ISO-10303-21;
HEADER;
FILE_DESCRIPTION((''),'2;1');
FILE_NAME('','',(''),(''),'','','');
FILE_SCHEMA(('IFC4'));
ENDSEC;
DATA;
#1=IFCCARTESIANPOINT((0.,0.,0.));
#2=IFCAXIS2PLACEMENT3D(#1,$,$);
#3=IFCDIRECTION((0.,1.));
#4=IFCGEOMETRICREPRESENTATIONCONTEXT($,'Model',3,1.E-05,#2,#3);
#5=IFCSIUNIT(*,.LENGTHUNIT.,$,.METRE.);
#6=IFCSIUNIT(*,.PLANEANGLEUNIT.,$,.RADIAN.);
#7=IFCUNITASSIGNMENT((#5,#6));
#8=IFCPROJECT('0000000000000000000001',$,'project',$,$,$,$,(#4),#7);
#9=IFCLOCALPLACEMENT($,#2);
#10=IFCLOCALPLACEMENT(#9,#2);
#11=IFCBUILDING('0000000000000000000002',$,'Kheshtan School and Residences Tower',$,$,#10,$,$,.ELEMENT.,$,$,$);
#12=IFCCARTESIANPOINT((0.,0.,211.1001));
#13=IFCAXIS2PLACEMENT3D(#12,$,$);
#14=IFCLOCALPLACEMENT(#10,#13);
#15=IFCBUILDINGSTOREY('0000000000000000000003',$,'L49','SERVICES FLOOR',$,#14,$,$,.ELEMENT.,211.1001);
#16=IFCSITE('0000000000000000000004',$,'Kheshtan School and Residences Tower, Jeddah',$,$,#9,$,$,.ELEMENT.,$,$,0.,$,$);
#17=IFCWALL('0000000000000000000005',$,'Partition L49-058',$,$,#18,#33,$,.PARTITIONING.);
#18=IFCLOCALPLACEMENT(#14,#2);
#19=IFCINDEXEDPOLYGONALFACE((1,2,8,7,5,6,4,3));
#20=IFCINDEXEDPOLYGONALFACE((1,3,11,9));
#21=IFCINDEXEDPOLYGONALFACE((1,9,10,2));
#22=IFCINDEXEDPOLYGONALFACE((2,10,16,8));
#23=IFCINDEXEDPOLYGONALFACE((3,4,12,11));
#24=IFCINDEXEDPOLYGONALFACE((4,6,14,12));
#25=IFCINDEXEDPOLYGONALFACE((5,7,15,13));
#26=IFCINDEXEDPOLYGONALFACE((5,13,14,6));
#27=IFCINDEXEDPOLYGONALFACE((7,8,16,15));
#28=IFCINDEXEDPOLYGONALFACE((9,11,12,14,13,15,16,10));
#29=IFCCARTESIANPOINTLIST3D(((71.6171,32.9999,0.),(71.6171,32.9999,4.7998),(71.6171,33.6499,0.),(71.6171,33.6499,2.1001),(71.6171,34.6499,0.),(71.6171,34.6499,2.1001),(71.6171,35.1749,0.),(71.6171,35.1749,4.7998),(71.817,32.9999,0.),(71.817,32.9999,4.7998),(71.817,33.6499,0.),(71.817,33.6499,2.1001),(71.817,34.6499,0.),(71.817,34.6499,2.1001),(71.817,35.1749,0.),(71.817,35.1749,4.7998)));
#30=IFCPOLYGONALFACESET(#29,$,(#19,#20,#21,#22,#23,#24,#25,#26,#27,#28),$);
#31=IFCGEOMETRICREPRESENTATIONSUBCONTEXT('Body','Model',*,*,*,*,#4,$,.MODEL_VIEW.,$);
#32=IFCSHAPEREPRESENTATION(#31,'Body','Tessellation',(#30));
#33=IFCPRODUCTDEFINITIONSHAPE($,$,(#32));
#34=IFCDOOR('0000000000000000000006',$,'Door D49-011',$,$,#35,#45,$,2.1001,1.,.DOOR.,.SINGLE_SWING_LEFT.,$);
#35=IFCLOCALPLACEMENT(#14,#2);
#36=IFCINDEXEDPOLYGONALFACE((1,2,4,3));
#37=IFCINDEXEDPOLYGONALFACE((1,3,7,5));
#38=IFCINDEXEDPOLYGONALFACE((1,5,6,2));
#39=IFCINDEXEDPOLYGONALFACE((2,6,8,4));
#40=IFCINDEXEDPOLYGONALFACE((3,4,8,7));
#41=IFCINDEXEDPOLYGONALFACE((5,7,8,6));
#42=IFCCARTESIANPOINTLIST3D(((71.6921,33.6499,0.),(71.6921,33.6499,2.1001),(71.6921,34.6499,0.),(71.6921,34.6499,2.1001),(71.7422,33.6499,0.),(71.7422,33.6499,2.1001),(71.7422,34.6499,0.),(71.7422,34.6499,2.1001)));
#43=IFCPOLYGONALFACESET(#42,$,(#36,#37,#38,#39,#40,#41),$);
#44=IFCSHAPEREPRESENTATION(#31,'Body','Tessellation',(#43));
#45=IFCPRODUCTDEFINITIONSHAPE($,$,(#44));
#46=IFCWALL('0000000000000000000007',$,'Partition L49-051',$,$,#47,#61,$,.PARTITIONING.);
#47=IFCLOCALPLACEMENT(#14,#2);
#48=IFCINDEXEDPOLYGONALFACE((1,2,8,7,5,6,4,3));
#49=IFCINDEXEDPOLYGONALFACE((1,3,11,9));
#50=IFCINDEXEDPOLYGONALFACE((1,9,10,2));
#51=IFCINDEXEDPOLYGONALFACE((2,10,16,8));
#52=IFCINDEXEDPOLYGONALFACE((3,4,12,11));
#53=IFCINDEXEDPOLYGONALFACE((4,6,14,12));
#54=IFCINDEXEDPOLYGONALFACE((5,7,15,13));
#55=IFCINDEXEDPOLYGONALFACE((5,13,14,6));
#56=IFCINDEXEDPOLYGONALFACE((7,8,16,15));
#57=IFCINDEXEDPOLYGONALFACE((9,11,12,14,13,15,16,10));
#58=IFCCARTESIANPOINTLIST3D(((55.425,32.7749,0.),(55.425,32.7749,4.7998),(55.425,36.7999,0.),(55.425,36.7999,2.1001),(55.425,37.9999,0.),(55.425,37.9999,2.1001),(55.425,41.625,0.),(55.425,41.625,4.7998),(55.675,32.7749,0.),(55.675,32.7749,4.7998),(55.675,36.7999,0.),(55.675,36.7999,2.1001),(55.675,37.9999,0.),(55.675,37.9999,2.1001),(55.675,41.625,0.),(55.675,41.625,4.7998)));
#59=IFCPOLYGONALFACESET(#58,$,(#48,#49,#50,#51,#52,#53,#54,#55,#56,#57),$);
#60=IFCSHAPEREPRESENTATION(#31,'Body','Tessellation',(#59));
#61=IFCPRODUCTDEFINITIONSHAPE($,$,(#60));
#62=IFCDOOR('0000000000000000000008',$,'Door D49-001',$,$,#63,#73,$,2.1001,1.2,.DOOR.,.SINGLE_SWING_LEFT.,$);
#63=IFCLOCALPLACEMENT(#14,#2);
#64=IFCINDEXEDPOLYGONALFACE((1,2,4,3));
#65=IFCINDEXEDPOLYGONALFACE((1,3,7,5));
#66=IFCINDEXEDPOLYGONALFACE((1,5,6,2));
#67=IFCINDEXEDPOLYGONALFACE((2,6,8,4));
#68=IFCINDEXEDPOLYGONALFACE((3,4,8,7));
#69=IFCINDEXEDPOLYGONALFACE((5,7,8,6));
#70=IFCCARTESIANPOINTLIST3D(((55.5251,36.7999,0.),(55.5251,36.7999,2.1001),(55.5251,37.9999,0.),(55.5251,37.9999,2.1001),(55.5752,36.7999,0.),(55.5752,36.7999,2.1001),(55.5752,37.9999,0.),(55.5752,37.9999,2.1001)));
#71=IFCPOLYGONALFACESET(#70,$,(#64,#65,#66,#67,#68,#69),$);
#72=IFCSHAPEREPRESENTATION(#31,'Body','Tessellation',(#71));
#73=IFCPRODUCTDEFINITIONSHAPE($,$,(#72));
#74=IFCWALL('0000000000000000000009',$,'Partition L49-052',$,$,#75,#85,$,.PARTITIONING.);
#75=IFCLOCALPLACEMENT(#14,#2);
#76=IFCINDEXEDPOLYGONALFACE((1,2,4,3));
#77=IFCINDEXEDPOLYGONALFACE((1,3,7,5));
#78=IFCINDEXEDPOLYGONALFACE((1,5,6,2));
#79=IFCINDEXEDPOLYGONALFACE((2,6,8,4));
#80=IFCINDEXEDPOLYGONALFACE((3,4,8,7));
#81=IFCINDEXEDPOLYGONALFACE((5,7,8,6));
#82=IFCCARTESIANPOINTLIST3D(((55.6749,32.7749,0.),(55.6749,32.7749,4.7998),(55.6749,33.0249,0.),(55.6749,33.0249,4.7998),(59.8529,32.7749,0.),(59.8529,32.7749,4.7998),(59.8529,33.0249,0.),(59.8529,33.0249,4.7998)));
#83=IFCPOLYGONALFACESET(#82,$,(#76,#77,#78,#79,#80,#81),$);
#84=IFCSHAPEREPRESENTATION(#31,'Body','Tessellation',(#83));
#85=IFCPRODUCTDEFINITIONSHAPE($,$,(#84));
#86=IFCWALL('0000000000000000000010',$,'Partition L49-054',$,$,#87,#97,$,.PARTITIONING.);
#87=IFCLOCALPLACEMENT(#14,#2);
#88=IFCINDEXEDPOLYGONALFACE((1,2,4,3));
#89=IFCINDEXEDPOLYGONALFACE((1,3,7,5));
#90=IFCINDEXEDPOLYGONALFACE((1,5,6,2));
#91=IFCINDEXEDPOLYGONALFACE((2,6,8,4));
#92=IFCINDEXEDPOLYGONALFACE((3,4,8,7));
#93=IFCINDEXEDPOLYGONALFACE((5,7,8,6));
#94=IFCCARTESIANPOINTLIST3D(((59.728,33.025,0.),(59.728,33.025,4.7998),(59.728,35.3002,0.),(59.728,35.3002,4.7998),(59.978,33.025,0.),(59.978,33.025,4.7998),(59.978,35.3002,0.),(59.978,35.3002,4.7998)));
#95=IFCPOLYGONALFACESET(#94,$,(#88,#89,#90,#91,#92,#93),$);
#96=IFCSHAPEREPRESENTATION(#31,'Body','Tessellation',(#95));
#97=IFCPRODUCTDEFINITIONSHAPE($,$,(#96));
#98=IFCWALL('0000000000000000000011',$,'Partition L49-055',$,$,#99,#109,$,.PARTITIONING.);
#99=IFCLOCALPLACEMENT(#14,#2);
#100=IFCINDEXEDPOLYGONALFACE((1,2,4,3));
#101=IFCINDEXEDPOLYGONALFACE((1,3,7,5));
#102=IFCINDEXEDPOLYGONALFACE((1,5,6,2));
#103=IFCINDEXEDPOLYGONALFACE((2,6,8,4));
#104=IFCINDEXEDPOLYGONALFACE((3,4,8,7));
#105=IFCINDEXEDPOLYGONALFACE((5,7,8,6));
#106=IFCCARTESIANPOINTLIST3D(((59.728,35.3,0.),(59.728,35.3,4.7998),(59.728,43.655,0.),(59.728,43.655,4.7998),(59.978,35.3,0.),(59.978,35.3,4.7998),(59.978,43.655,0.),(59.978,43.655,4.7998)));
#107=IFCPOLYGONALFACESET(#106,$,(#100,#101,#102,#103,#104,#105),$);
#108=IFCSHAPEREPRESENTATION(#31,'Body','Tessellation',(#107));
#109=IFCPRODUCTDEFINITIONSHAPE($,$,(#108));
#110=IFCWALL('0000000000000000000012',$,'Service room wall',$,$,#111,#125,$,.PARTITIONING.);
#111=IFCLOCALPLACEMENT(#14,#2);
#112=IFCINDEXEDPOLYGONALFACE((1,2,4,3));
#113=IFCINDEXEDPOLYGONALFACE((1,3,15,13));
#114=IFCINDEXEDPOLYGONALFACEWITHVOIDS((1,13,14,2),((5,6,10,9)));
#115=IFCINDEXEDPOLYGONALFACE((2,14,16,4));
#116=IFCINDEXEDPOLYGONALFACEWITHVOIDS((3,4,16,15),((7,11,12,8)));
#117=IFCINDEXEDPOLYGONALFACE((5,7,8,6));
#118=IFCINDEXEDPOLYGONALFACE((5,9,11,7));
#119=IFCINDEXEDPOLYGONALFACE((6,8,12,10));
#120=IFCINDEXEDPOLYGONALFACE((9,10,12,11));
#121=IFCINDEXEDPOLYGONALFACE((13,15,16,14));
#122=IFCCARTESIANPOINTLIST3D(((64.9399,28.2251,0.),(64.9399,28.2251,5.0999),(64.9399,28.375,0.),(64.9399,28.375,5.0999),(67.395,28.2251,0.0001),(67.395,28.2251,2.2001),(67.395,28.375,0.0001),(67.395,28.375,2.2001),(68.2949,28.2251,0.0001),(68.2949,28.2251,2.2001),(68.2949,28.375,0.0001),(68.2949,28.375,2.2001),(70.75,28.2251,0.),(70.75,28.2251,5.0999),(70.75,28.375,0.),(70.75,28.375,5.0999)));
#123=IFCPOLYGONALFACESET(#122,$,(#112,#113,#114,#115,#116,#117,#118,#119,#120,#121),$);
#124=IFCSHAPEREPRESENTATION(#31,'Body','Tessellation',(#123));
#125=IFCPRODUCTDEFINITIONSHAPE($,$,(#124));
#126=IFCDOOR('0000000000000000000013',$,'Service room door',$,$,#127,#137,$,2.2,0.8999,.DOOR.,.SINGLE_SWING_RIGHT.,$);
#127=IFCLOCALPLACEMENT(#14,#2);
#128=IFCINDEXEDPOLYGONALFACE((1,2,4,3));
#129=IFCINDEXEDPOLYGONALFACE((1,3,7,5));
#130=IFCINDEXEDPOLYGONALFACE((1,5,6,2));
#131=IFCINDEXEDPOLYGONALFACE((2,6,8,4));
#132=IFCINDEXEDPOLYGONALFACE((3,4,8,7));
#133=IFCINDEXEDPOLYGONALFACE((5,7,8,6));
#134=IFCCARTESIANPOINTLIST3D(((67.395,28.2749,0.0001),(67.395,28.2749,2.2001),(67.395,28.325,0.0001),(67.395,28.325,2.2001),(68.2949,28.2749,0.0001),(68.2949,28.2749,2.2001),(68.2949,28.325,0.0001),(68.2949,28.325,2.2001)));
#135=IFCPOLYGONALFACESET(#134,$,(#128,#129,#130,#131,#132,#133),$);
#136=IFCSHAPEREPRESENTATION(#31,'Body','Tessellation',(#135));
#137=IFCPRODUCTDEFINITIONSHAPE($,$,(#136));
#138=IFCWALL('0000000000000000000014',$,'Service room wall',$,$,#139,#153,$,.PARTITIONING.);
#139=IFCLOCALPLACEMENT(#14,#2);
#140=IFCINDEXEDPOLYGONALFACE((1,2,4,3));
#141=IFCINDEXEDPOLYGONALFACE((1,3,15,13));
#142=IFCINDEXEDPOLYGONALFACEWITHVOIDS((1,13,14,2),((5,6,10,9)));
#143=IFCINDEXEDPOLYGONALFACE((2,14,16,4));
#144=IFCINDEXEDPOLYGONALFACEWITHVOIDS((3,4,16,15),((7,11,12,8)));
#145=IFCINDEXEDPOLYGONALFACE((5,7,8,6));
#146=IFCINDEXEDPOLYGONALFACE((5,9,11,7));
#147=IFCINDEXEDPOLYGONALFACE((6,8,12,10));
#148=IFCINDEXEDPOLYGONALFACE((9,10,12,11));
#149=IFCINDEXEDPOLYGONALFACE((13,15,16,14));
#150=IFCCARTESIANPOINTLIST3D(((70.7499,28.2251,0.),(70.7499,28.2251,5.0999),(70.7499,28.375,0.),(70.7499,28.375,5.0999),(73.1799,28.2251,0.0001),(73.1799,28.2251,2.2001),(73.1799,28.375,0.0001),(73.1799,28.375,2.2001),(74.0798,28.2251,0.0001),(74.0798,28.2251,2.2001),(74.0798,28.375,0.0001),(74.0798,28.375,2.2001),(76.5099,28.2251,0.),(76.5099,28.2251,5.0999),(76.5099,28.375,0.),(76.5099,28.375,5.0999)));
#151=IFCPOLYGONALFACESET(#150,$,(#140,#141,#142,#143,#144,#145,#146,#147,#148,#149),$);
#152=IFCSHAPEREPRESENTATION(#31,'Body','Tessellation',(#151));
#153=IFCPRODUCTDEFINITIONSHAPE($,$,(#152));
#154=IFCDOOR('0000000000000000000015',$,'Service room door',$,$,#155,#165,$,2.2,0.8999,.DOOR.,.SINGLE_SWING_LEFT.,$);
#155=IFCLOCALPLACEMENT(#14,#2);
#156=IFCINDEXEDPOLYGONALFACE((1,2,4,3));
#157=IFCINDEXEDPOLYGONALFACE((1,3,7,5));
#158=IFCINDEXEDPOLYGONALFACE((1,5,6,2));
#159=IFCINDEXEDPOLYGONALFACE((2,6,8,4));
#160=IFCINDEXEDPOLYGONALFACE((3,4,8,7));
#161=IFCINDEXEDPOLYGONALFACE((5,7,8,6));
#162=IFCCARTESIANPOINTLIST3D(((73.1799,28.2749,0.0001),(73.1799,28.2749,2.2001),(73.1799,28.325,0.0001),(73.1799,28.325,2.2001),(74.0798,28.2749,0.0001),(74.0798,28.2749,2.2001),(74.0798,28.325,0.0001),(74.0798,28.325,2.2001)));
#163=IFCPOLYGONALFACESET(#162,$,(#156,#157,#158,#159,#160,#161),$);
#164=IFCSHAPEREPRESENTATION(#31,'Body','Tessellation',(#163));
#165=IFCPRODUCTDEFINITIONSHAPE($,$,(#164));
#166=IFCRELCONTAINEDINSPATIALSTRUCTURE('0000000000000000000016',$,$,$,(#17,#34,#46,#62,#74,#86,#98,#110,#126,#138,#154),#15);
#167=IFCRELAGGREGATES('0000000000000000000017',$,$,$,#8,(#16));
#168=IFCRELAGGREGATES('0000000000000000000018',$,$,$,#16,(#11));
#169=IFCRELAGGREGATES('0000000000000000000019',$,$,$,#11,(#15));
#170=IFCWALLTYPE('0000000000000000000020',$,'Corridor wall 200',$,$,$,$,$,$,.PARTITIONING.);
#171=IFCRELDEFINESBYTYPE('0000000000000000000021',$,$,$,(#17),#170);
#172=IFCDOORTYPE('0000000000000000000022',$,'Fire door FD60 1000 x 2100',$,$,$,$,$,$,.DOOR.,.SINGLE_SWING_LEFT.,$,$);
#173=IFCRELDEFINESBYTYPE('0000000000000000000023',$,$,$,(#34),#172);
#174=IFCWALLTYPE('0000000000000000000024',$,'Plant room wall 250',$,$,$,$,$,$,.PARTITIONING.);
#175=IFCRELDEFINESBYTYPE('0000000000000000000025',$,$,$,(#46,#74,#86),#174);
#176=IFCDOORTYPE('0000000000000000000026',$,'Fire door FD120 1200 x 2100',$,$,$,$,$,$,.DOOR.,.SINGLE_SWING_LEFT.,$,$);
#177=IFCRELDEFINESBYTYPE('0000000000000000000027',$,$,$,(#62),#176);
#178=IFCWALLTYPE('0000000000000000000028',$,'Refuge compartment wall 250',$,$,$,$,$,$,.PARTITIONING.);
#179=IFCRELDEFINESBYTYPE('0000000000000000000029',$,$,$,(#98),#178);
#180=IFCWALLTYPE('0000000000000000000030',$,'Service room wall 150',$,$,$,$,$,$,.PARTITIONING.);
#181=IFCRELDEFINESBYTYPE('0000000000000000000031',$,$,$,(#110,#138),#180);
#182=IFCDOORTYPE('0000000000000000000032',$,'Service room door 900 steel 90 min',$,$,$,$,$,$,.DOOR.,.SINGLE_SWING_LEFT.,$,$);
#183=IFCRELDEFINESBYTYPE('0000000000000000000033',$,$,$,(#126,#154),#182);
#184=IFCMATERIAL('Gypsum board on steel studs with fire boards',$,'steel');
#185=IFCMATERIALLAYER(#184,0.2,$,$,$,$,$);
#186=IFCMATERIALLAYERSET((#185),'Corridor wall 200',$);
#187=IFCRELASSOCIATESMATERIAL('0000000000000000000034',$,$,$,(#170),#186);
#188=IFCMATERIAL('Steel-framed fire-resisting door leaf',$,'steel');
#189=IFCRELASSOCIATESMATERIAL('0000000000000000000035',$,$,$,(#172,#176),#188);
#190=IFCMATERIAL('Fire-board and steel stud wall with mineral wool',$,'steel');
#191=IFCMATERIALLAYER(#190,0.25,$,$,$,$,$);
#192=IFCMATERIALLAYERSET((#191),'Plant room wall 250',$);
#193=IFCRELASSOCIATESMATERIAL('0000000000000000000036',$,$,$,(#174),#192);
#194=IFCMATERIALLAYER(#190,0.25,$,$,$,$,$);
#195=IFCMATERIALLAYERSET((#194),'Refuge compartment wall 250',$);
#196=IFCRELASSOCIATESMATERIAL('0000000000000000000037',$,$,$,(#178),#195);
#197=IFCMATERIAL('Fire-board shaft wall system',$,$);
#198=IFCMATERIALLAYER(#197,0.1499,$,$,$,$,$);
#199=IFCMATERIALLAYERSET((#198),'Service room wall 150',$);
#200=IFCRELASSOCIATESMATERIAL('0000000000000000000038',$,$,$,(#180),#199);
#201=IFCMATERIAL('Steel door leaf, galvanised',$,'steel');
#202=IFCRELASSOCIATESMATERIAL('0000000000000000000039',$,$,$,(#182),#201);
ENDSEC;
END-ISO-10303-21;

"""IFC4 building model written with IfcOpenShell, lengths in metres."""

from ifc_helpers import new_model, si_unit, direction, frame, frame_2d, origin, place, context, subcontext, project, spatial, rectangle, extrude, source, transform, mapped, material, layer, layer_set, type_object, element, fill, save


model = new_model("IFC4")

# Units and contexts
model_context = context("Model", 3, precision=1e-05, world=origin(), true_north=direction((0.0, 1.0)))
body_context = subcontext(model_context, "Body", "Model", "MODEL_VIEW")
ifc_project = project(units=[si_unit("LENGTHUNIT", "METRE"), si_unit("PLANEANGLEUNIT", "RADIAN")], contexts=[model_context])

# Site, building, storey
site_placement = place(None, origin())
site = spatial("IfcSite", under=ifc_project, at=site_placement, Name="Kheshtan School and Residences Tower, Jeddah", CompositionType="ELEMENT", RefElevation=0.0)
building_placement = place(site_placement, origin())
building = spatial("IfcBuilding", under=site, at=building_placement, Name="Kheshtan School and Residences Tower", CompositionType="ELEMENT")
storey_placement = place(building_placement, frame((0.0, 0.0, 211.1001)))
storey = spatial("IfcBuildingStorey", under=building, at=storey_placement, Name="L49", Description="SERVICES FLOOR", CompositionType="ELEMENT", Elevation=211.1001)

# Shared definitions
ifc_material_1 = material(Name="Gypsum board on steel studs with fire boards", Category="steel")
ifc_layer_1 = layer(ifc_material_1, 0.2)
ifc_layer_set_1 = layer_set([ifc_layer_1], Name="Corridor wall 200")
wall_type_1 = type_object("IfcWallType", Name="Corridor wall 200", PredefinedType="PARTITIONING", material=ifc_layer_set_1)
ifc_material_2 = material(Name="Steel-framed fire-resisting door leaf", Category="steel")

# Walls, openings, doors
wall_1_placement = place(storey_placement, frame((71.717, 33.0, 0.0), z_axis=(0.0, 0.0, 1.0), x_axis=(0.0, 1.0, 0.0)))
wall_1 = element("IfcWall", 1, at=wall_1_placement, inside=storey, type_object=wall_type_1, Name="Partition L49-058", PredefinedType="PARTITIONING", context=body_context, shape_type="SweptSolid", body=[
    extrude(rectangle(XDim=2.175, YDim=0.2, at=frame_2d((1.0874, 0.0))), origin(), (0.0, 0.0, 1.0), 4.7998),
])
opening_1_placement = place(wall_1_placement, frame((0.6499, 0.0, 0.0)))
opening_1 = element("IfcOpeningElement", 2, at=opening_1_placement, cuts=wall_1, PredefinedType="OPENING", context=body_context, shape_type="SweptSolid", body=[
    extrude(rectangle(XDim=1.0, YDim=2.1001, at=frame_2d((0.5, 1.05))), frame((0.0, 0.1099, 0.0), z_axis=(0.0, -1.0, 0.0), x_axis=(1.0, 0.0, 0.0)), (0.0, 0.0, 1.0), 0.22),
])
door_type_1 = type_object("IfcDoorType", Name="Fire door FD60 1000 x 2100", OperationType="SINGLE_SWING_LEFT", PredefinedType="DOOR", material=ifc_material_2)
shared_shape_1 = source(origin(), body_context, "Body", "SweptSolid", [
    extrude(rectangle(XDim=1.0, YDim=2.1001, at=frame_2d((0.5, 1.05))), frame((0.0, 0.0249, 0.0), z_axis=(0.0, -1.0, 0.0), x_axis=(1.0, 0.0, 0.0)), (0.0, 0.0, 1.0), 0.05),
])
door_1_placement = place(opening_1_placement, origin())
door_1 = element("IfcDoor", 3, at=door_1_placement, inside=storey, type_object=door_type_1, Name="Door D49-011", OperationType="SINGLE_SWING_LEFT", OverallHeight=2.1001, OverallWidth=1.0, PredefinedType="DOOR", context=body_context, shape_type="MappedRepresentation", body=[
    mapped(shared_shape_1, transform((0.0, 0.0, 0.0), x_axis=(1.0, 0.0, 0.0), y_axis=(0.0, 1.0, 0.0), z_axis=(0.0, 0.0, 1.0), scale=1.0)),
])
fill(opening_1, door_1)
ifc_material_3 = material(Name="Fire-board and steel stud wall with mineral wool", Category="steel")
ifc_layer_2 = layer(ifc_material_3, 0.25)
ifc_layer_set_2 = layer_set([ifc_layer_2], Name="Plant room wall 250")
wall_type_2 = type_object("IfcWallType", Name="Plant room wall 250", PredefinedType="PARTITIONING", material=ifc_layer_set_2)
wall_2_placement = place(storey_placement, frame((55.55, 32.7749, 0.0), z_axis=(0.0, 0.0, 1.0), x_axis=(0.0, 1.0, 0.0)))
wall_2 = element("IfcWall", 4, at=wall_2_placement, inside=storey, type_object=wall_type_2, Name="Partition L49-051", PredefinedType="PARTITIONING", context=body_context, shape_type="SweptSolid", body=[
    extrude(rectangle(XDim=8.8501, YDim=0.25, at=frame_2d((4.425, 0.0))), origin(), (0.0, 0.0, 1.0), 4.7998),
])
opening_2_placement = place(wall_2_placement, frame((4.0249, 0.0, 0.0)))
opening_2 = element("IfcOpeningElement", 5, at=opening_2_placement, cuts=wall_2, PredefinedType="OPENING", context=body_context, shape_type="SweptSolid", body=[
    extrude(rectangle(XDim=1.2, YDim=2.1001, at=frame_2d((0.6001, 1.05))), frame((0.0, 0.135, 0.0), z_axis=(0.0, -1.0, 0.0), x_axis=(1.0, 0.0, 0.0)), (0.0, 0.0, 1.0), 0.27),
])
door_type_2 = type_object("IfcDoorType", Name="Fire door FD120 1200 x 2100", OperationType="SINGLE_SWING_LEFT", PredefinedType="DOOR", material=ifc_material_2)
shared_shape_2 = source(origin(), body_context, "Body", "SweptSolid", [
    extrude(rectangle(XDim=1.2, YDim=2.1001, at=frame_2d((0.6001, 1.05))), frame((0.0, 0.0249, 0.0), z_axis=(0.0, -1.0, 0.0), x_axis=(1.0, 0.0, 0.0)), (0.0, 0.0, 1.0), 0.05),
])
door_2_placement = place(opening_2_placement, origin())
door_2 = element("IfcDoor", 6, at=door_2_placement, inside=storey, type_object=door_type_2, Name="Door D49-001", OperationType="SINGLE_SWING_LEFT", OverallHeight=2.1001, OverallWidth=1.2, PredefinedType="DOOR", context=body_context, shape_type="MappedRepresentation", body=[
    mapped(shared_shape_2, transform((0.0, 0.0, 0.0), x_axis=(1.0, 0.0, 0.0), y_axis=(0.0, 1.0, 0.0), z_axis=(0.0, 0.0, 1.0), scale=1.0)),
])
fill(opening_2, door_2)

# Walls
wall_3_placement = place(storey_placement, frame((55.675, 32.8999, 0.0), z_axis=(0.0, 0.0, 1.0), x_axis=(1.0, 0.0, 0.0)))
element("IfcWall", 7, at=wall_3_placement, inside=storey, type_object=wall_type_2, Name="Partition L49-052", PredefinedType="PARTITIONING", context=body_context, shape_type="SweptSolid", body=[
    extrude(rectangle(XDim=4.178, YDim=0.25, at=frame_2d((2.0889, 0.0))), origin(), (0.0, 0.0, 1.0), 4.7998),
])
wall_4_placement = place(storey_placement, frame((59.853, 33.0249, 0.0), z_axis=(0.0, 0.0, 1.0), x_axis=(0.0, 1.0, 0.0)))
element("IfcWall", 8, at=wall_4_placement, inside=storey, type_object=wall_type_2, Name="Partition L49-054", PredefinedType="PARTITIONING", context=body_context, shape_type="SweptSolid", body=[
    extrude(rectangle(XDim=2.2751, YDim=0.25, at=frame_2d((1.1377, 0.0))), origin(), (0.0, 0.0, 1.0), 4.7998),
])
ifc_layer_3 = layer(ifc_material_3, 0.25)
ifc_layer_set_3 = layer_set([ifc_layer_3], Name="Refuge compartment wall 250")
wall_type_3 = type_object("IfcWallType", Name="Refuge compartment wall 250", PredefinedType="PARTITIONING", material=ifc_layer_set_3)
wall_5_placement = place(storey_placement, frame((59.853, 35.3, 0.0), z_axis=(0.0, 0.0, 1.0), x_axis=(0.0, 1.0, 0.0)))
element("IfcWall", 9, at=wall_5_placement, inside=storey, type_object=wall_type_3, Name="Partition L49-055", PredefinedType="PARTITIONING", context=body_context, shape_type="SweptSolid", body=[
    extrude(rectangle(XDim=8.355, YDim=0.25, at=frame_2d((4.1775, 0.0))), origin(), (0.0, 0.0, 1.0), 4.7998),
])

# Walls, openings, doors
ifc_material_4 = material(Name="Fire-board shaft wall system")
ifc_layer_4 = layer(ifc_material_4, 0.1499)
ifc_layer_set_4 = layer_set([ifc_layer_4], Name="Service room wall 150")
wall_type_4 = type_object("IfcWallType", Name="Service room wall 150", PredefinedType="PARTITIONING", material=ifc_layer_set_4)
wall_6_placement = place(storey_placement, frame((64.9399, 28.3, 0.0), z_axis=(0.0, 0.0, 1.0), x_axis=(1.0, 0.0, 0.0)))
wall_6 = element("IfcWall", 10, at=wall_6_placement, inside=storey, type_object=wall_type_4, Name="Service room wall", PredefinedType="PARTITIONING", context=body_context, shape_type="SweptSolid", body=[
    extrude(rectangle(XDim=5.8101, YDim=0.1499, at=frame_2d((2.905, 0.0))), origin(), (0.0, 0.0, 1.0), 5.0999),
])
opening_3_placement = place(wall_6_placement, frame((2.4551, 0.0, 0.0)))
opening_3 = element("IfcOpeningElement", 11, at=opening_3_placement, cuts=wall_6, PredefinedType="OPENING", context=body_context, shape_type="SweptSolid", body=[
    extrude(rectangle(XDim=0.8999, YDim=2.2, at=frame_2d((0.45, 1.1001))), frame((0.0, 0.085, 0.0), z_axis=(0.0, -1.0, 0.0), x_axis=(1.0, 0.0, 0.0)), (0.0, 0.0, 1.0), 0.1699),
])
ifc_material_5 = material(Name="Steel door leaf, galvanised", Category="steel")
door_type_3 = type_object("IfcDoorType", Name="Service room door 900 steel 90 min", OperationType="SINGLE_SWING_LEFT", PredefinedType="DOOR", material=ifc_material_5)
shared_shape_3 = source(origin(), body_context, "Body", "SweptSolid", [
    extrude(rectangle(XDim=0.8999, YDim=2.2, at=frame_2d((0.45, 1.1001))), frame((0.0, 0.0249, 0.0), z_axis=(0.0, -1.0, 0.0), x_axis=(1.0, 0.0, 0.0)), (0.0, 0.0, 1.0), 0.05),
])
door_3_placement = place(opening_3_placement, origin())
door_3 = element("IfcDoor", 12, at=door_3_placement, inside=storey, type_object=door_type_3, Name="Service room door", OperationType="SINGLE_SWING_RIGHT", OverallHeight=2.2, OverallWidth=0.8999, PredefinedType="DOOR", context=body_context, shape_type="MappedRepresentation", body=[
    mapped(shared_shape_3, transform((0.0, 0.0, 0.0), x_axis=(1.0, 0.0, 0.0), y_axis=(0.0, 1.0, 0.0), z_axis=(0.0, 0.0, 1.0), scale=1.0)),
])
fill(opening_3, door_3)
wall_7_placement = place(storey_placement, frame((70.75, 28.3, 0.0), z_axis=(0.0, 0.0, 1.0), x_axis=(1.0, 0.0, 0.0)))
wall_7 = element("IfcWall", 13, at=wall_7_placement, inside=storey, type_object=wall_type_4, Name="Service room wall", PredefinedType="PARTITIONING", context=body_context, shape_type="SweptSolid", body=[
    extrude(rectangle(XDim=5.76, YDim=0.1499, at=frame_2d((2.8799, 0.0))), origin(), (0.0, 0.0, 1.0), 5.0999),
])
opening_4_placement = place(wall_7_placement, frame((2.4299, 0.0, 0.0)))
opening_4 = element("IfcOpeningElement", 14, at=opening_4_placement, cuts=wall_7, PredefinedType="OPENING", context=body_context, shape_type="SweptSolid", body=[
    extrude(rectangle(XDim=0.8999, YDim=2.2, at=frame_2d((0.45, 1.1001))), frame((0.0, 0.085, 0.0), z_axis=(0.0, -1.0, 0.0), x_axis=(1.0, 0.0, 0.0)), (0.0, 0.0, 1.0), 0.1699),
])
door_4_placement = place(opening_4_placement, origin())
door_4 = element("IfcDoor", 15, at=door_4_placement, inside=storey, type_object=door_type_3, Name="Service room door", OperationType="SINGLE_SWING_LEFT", OverallHeight=2.2, OverallWidth=0.8999, PredefinedType="DOOR", context=body_context, shape_type="MappedRepresentation", body=[
    mapped(shared_shape_3, transform((0.0, 0.0, 0.0), x_axis=(1.0, 0.0, 0.0), y_axis=(0.0, 1.0, 0.0), z_axis=(0.0, 0.0, 1.0), scale=1.0)),
])
fill(opening_4, door_4)

save(model, "model.ifc")
